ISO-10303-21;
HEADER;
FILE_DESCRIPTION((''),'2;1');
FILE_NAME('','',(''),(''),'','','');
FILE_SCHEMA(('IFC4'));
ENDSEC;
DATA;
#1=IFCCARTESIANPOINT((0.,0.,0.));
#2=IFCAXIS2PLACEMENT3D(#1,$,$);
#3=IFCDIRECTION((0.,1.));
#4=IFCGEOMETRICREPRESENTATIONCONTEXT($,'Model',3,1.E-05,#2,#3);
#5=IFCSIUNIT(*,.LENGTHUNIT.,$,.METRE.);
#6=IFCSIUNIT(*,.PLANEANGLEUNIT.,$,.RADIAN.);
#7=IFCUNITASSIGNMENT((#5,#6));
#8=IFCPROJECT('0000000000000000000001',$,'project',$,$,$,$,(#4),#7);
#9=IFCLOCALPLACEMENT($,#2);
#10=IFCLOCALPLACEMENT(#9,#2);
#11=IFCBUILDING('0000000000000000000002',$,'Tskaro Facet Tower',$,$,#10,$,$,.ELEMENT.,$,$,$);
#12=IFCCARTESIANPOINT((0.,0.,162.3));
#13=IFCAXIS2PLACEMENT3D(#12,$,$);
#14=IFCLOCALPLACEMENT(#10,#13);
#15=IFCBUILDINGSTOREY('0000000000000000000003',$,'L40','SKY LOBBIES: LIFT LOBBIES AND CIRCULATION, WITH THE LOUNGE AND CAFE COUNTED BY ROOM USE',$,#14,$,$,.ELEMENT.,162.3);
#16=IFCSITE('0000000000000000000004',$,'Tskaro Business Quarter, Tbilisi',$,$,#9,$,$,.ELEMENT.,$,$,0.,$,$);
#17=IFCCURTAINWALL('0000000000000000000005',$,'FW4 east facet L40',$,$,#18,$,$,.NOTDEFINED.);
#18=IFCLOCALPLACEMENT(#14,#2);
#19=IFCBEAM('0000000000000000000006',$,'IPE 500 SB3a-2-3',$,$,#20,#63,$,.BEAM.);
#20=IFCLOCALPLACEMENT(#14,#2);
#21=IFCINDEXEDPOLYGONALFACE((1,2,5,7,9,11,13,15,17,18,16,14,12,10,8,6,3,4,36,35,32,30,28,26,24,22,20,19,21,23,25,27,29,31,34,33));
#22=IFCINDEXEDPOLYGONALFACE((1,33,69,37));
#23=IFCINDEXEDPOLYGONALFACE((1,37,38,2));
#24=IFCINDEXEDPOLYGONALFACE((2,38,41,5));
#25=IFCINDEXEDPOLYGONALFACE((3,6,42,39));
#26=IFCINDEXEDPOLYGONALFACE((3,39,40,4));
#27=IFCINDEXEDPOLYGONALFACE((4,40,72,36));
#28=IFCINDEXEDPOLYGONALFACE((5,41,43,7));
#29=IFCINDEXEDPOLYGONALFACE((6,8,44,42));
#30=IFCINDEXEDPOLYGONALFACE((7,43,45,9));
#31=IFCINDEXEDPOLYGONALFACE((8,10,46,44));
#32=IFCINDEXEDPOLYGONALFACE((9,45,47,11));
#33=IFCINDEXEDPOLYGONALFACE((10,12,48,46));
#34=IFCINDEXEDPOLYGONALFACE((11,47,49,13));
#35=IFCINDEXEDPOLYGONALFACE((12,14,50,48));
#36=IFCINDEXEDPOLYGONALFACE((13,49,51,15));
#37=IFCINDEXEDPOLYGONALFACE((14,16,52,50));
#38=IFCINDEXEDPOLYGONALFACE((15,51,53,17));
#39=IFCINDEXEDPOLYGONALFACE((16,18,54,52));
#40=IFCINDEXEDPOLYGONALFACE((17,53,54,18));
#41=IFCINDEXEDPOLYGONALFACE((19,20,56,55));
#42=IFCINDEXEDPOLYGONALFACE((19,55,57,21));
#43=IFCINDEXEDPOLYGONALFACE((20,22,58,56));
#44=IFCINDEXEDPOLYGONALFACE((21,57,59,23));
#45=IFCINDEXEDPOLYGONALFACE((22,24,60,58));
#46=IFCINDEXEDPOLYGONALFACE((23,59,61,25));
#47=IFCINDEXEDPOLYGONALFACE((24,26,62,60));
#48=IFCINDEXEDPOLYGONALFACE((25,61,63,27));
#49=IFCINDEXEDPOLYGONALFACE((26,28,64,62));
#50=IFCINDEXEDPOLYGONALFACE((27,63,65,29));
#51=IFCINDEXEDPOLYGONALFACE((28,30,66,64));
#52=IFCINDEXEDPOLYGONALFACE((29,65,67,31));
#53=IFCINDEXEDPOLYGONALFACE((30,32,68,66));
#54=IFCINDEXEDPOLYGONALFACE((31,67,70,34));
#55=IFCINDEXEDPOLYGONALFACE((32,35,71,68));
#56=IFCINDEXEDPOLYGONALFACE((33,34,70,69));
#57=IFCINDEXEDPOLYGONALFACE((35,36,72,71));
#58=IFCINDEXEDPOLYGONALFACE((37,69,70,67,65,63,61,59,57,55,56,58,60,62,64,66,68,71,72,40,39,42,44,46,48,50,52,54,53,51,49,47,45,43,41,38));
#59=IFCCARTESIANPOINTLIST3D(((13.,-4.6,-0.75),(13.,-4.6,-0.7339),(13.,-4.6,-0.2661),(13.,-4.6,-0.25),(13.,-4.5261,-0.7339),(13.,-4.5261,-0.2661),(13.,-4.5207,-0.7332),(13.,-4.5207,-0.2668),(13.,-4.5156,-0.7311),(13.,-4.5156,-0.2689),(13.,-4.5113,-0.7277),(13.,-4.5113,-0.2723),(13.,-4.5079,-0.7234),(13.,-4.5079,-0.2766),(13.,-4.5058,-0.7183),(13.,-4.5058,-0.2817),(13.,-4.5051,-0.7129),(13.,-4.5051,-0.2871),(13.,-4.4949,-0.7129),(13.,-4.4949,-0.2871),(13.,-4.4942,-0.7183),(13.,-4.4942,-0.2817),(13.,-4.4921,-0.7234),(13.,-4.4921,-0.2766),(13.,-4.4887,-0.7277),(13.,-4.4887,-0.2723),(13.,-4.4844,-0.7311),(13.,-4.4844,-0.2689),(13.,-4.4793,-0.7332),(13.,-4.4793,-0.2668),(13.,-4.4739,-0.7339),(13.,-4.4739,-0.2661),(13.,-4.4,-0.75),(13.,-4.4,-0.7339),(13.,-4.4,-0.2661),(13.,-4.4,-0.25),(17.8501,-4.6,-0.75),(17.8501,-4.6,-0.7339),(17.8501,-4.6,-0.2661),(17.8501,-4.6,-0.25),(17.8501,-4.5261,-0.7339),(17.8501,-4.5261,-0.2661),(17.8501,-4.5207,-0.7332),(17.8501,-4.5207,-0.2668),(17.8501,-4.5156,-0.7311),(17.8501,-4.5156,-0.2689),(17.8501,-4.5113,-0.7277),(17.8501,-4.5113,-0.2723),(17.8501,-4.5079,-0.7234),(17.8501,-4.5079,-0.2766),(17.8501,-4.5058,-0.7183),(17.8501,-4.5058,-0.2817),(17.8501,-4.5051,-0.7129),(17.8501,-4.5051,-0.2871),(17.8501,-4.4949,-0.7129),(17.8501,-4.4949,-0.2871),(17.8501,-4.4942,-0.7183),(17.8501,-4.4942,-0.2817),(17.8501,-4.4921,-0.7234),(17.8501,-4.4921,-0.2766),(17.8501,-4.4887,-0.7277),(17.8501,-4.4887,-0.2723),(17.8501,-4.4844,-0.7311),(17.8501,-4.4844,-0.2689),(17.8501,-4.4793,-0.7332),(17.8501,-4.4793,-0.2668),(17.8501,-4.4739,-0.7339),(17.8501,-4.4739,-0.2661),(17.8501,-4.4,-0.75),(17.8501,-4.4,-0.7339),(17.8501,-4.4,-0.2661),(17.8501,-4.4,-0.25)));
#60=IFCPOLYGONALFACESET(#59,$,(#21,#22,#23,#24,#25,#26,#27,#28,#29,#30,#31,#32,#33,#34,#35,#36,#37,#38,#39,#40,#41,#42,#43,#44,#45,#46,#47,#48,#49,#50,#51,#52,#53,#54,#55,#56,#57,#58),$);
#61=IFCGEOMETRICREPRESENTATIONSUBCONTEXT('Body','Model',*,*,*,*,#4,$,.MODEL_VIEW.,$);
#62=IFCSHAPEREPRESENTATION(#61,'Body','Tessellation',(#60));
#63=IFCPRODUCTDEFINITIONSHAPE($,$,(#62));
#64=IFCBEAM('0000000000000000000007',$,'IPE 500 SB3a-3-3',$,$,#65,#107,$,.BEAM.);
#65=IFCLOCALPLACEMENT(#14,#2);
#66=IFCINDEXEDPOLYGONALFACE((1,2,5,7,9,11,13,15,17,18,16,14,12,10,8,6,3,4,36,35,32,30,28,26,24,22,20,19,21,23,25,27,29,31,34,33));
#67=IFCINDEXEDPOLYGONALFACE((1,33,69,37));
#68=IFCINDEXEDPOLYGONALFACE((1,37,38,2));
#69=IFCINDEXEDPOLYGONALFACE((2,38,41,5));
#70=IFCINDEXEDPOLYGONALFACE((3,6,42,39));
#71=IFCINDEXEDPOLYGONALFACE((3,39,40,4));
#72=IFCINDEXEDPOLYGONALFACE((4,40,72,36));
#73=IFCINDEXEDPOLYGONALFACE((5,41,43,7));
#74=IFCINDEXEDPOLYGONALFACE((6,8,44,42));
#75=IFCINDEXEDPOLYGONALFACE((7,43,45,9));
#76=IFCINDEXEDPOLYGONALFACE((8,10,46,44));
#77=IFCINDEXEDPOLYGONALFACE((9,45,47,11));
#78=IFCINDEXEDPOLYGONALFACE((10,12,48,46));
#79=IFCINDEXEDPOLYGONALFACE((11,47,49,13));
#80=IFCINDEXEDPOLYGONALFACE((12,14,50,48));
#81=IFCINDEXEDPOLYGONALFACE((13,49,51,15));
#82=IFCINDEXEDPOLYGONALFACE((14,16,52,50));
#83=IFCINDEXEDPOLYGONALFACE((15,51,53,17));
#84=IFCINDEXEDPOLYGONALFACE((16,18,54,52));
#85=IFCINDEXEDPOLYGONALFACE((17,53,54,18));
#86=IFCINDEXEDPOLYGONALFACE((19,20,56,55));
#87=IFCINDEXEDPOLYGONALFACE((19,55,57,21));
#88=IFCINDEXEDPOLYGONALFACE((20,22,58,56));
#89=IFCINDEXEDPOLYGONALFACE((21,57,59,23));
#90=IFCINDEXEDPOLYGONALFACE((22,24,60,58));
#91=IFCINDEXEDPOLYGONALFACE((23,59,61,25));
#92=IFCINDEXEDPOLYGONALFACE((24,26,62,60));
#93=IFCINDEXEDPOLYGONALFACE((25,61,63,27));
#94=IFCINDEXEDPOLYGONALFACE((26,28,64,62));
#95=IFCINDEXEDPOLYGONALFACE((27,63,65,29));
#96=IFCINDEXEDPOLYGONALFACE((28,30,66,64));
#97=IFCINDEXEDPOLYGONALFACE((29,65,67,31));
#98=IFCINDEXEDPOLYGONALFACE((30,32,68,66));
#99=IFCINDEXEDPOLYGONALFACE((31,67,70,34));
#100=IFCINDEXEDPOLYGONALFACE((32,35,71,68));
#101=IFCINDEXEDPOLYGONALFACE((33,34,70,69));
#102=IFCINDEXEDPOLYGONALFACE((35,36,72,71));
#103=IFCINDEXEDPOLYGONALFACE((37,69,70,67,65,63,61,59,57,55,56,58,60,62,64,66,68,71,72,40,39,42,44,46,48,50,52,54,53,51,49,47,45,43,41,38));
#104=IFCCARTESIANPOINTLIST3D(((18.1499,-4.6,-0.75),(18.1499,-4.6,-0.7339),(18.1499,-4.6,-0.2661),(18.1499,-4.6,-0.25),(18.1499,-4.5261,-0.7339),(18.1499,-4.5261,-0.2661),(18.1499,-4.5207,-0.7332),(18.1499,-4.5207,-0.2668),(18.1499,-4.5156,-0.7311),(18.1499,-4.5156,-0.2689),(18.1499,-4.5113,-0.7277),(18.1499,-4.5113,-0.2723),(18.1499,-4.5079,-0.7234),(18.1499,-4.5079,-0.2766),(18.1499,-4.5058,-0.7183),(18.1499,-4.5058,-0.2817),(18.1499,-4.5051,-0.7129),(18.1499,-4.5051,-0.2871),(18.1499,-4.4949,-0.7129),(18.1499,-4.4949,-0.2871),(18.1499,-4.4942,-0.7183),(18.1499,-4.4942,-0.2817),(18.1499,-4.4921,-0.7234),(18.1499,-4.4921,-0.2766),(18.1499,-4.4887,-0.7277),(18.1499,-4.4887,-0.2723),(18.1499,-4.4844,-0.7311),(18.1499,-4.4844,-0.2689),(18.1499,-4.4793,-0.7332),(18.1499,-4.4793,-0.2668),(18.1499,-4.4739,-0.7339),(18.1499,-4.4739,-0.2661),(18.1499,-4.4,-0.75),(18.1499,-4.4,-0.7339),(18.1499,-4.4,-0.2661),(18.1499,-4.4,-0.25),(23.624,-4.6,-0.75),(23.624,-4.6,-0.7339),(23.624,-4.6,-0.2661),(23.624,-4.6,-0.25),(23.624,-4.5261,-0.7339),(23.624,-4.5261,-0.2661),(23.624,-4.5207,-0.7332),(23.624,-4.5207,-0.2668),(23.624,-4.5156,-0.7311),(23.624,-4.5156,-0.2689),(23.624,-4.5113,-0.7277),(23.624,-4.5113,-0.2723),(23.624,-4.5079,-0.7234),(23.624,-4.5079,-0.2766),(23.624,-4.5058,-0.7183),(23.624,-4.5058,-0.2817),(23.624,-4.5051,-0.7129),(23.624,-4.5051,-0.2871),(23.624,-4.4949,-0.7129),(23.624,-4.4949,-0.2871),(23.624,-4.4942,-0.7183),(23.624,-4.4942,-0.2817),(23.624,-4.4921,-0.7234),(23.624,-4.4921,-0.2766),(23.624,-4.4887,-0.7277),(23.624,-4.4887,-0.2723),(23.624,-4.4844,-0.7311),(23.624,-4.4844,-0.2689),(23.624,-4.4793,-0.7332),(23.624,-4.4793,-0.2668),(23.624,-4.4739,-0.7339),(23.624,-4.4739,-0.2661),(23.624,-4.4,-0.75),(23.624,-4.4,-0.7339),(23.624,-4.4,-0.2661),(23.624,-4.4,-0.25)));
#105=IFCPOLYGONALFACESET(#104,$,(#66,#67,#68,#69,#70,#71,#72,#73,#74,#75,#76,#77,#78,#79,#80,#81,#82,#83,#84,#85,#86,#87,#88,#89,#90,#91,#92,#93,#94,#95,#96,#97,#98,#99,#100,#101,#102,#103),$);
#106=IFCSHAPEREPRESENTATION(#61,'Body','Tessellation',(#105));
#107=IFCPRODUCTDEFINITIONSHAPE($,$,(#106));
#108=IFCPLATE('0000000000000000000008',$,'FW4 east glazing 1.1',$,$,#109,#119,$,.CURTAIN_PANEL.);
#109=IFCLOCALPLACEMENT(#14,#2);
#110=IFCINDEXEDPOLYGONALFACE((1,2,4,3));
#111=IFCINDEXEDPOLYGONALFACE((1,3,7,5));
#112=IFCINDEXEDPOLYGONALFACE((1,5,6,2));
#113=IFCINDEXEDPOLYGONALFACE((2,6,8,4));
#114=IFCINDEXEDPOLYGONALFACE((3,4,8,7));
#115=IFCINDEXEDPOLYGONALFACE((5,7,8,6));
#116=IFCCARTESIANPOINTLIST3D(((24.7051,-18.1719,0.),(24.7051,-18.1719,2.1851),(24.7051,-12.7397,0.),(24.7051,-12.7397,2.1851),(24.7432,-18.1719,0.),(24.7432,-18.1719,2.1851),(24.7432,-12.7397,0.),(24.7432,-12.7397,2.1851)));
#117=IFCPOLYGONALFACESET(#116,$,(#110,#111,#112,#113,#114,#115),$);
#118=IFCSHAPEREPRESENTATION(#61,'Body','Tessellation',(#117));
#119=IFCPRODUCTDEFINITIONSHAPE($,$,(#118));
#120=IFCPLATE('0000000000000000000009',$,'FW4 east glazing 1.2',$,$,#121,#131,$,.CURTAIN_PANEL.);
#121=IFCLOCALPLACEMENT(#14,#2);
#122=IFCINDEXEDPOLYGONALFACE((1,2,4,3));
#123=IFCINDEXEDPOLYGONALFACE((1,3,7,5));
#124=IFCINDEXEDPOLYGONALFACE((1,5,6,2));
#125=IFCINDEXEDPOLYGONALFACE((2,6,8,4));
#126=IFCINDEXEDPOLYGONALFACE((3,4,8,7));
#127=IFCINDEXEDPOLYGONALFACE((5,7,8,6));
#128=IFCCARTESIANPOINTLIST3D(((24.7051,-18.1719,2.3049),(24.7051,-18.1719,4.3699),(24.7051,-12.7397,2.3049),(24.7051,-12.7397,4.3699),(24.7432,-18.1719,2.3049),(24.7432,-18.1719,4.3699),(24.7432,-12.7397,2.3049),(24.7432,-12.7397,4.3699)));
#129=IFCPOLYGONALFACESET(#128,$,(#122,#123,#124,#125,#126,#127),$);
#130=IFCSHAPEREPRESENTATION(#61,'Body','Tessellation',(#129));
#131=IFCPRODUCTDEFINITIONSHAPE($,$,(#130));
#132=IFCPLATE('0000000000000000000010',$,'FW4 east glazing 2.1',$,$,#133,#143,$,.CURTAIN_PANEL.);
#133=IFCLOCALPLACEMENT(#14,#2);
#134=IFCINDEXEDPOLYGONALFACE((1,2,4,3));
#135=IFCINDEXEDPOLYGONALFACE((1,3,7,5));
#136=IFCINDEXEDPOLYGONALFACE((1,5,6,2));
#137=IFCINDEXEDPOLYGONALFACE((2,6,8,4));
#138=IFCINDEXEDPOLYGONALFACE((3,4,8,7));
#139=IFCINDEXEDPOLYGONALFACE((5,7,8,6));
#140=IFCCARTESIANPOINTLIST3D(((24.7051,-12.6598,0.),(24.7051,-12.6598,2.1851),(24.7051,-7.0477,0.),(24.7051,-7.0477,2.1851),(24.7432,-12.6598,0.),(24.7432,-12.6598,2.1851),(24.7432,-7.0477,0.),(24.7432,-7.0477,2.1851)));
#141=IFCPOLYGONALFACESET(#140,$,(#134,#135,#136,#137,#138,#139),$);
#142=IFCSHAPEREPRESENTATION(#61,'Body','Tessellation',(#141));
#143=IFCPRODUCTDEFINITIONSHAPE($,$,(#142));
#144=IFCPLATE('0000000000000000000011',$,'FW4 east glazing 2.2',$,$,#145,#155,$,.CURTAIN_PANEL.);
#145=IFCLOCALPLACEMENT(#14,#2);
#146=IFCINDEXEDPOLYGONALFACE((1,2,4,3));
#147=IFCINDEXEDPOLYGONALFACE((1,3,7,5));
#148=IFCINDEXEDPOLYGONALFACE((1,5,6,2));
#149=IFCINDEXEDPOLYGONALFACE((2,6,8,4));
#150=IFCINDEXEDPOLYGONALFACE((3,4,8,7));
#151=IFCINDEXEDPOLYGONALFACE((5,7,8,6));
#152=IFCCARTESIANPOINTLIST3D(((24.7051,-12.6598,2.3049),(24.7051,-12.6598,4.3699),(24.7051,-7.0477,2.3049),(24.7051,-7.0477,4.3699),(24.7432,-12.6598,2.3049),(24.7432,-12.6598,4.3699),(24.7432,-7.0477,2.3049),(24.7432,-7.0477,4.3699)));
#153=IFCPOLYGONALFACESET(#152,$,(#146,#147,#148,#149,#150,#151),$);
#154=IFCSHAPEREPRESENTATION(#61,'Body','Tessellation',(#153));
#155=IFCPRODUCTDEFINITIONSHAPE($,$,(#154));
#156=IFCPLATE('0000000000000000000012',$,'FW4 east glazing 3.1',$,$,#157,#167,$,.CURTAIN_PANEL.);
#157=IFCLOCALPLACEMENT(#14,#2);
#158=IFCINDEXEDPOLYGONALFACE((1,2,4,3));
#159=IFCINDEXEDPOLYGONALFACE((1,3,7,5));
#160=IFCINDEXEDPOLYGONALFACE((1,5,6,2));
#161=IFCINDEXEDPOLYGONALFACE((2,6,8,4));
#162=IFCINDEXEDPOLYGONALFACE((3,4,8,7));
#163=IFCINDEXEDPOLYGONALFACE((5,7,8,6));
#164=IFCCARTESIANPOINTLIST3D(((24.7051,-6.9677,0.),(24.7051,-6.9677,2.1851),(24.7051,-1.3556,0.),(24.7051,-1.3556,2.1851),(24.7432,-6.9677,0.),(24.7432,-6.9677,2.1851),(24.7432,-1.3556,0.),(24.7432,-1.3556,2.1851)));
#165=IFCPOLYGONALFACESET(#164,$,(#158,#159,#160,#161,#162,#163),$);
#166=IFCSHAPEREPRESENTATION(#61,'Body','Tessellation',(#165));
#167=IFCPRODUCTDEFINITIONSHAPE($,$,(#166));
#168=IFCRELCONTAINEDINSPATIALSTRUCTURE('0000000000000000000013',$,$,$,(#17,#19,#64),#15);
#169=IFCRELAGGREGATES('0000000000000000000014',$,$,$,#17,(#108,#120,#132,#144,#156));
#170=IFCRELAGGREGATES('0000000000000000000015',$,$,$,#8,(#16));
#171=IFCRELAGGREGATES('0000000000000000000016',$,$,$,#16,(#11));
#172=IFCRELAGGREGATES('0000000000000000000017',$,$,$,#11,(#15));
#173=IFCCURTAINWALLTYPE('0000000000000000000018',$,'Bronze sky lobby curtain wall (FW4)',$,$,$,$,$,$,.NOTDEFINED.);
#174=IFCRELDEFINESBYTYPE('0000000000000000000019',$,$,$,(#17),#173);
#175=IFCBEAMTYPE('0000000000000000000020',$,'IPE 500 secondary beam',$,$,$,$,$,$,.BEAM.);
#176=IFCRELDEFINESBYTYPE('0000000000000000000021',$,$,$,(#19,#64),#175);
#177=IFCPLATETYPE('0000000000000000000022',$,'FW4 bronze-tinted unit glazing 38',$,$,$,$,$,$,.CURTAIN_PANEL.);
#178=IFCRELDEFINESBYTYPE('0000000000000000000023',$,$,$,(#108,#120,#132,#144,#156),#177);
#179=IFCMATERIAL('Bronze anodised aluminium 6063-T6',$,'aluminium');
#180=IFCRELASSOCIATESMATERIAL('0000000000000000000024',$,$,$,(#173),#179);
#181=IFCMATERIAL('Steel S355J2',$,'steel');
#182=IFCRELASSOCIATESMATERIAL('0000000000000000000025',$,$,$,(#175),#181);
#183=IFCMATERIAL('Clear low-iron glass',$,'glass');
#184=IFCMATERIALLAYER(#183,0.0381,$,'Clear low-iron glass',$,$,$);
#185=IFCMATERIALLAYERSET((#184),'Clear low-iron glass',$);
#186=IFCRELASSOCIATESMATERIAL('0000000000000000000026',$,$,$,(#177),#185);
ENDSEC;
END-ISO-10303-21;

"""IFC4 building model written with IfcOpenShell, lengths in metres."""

from ifc_helpers import new_model, si_unit, direction, frame, origin, origin_2d, place, context, subcontext, project, spatial, rectangle, i_section, extrude, material, layer, layer_set, material_profile, profile_set, type_object, element, aggregate, save


model = new_model("IFC4")

# Units and contexts
model_context = context("Model", 3, precision=1e-05, world=origin(), true_north=direction((0.0, 1.0)))
body_context = subcontext(model_context, "Body", "Model", "MODEL_VIEW")
ifc_project = project(units=[si_unit("LENGTHUNIT", "METRE"), si_unit("PLANEANGLEUNIT", "RADIAN")], contexts=[model_context])

# Site, building, storey
site_placement = place(None, origin())
site = spatial("IfcSite", under=ifc_project, at=site_placement, Name="Tskaro Business Quarter, Tbilisi", CompositionType="ELEMENT", RefElevation=0.0)
building_placement = place(site_placement, origin())
building = spatial("IfcBuilding", under=site, at=building_placement, Name="Tskaro Facet Tower", CompositionType="ELEMENT")
storey_placement = place(building_placement, frame((0.0, 0.0, 162.3)))
storey = spatial("IfcBuildingStorey", under=building, at=storey_placement, Name="L40", Description="SKY LOBBIES: LIFT LOBBIES AND CIRCULATION, WITH THE LOUNGE AND CAFE COUNTED BY ROOM USE", CompositionType="ELEMENT", Elevation=162.3)

# Curtain wall
ifc_material_1 = material(Name="Bronze anodised aluminium 6063-T6", Category="aluminium")
curtain_wall_type = type_object("IfcCurtainWallType", Name="Bronze sky lobby curtain wall (FW4)", PredefinedType="NOTDEFINED", material=ifc_material_1)
curtain_wall_placement = place(storey_placement, origin())
curtain_wall = element("IfcCurtainWall", 1, at=curtain_wall_placement, inside=storey, type_object=curtain_wall_type, Name="FW4 east facet L40", PredefinedType="NOTDEFINED")

# Beams
ifc_material_2 = material(Name="Steel S355J2", Category="steel")
ifc_material_profile_1 = material_profile(ifc_material_2, i_section(OverallWidth=0.2, OverallDepth=0.5, WebThickness=0.0103, FlangeThickness=0.0161, FilletRadius=0.021, at=origin_2d()), Name="IPE 500")
ifc_profile_set_1 = profile_set([ifc_material_profile_1], Name="Steel S355J2")
beam_type_1 = type_object("IfcBeamType", Name="IPE 500 secondary beam", PredefinedType="BEAM", material=ifc_profile_set_1)
beam_1_placement = place(storey_placement, frame((13.0, -4.5, -0.5), z_axis=(1.0, 0.0, 0.0), x_axis=(0.0, 1.0, 0.0)))
element("IfcBeam", 2, at=beam_1_placement, inside=storey, type_object=beam_type_1, Name="IPE 500 SB3a-2-3", PredefinedType="BEAM", context=body_context, shape_type="SweptSolid", body=[
    extrude(i_section(OverallWidth=0.2, OverallDepth=0.5, WebThickness=0.0103, FlangeThickness=0.0161, FilletRadius=0.021, at=origin_2d()), origin(), (0.0, 0.0, 1.0), 4.8501),
])
beam_2_placement = place(storey_placement, frame((18.1499, -4.5, -0.5), z_axis=(1.0, 0.0, 0.0), x_axis=(0.0, 1.0, 0.0)))
element("IfcBeam", 3, at=beam_2_placement, inside=storey, type_object=beam_type_1, Name="IPE 500 SB3a-3-3", PredefinedType="BEAM", context=body_context, shape_type="SweptSolid", body=[
    extrude(i_section(OverallWidth=0.2, OverallDepth=0.5, WebThickness=0.0103, FlangeThickness=0.0161, FilletRadius=0.021, at=origin_2d()), origin(), (0.0, 0.0, 1.0), 5.4741),
])

# Plates
ifc_material_3 = material(Name="Clear low-iron glass", Category="glass")
ifc_layer_1 = layer(ifc_material_3, 0.0381, Name="Clear low-iron glass")
ifc_layer_set_1 = layer_set([ifc_layer_1], Name="Clear low-iron glass")
plate_type = type_object("IfcPlateType", Name="FW4 bronze-tinted unit glazing 38", PredefinedType="CURTAIN_PANEL", material=ifc_layer_set_1)
plate_1_placement = place(storey_placement, frame((24.7241, -15.4558, 0.0), z_axis=(0.0, 0.0, 1.0), x_axis=(0.0, 1.0, 0.0)))
plate_1 = element("IfcPlate", 4, at=plate_1_placement, type_object=plate_type, Name="FW4 east glazing 1.1", PredefinedType="CURTAIN_PANEL", context=body_context, shape_type="SweptSolid", body=[
    extrude(rectangle(XDim=5.4321, YDim=0.0381, at=origin_2d()), origin(), (0.0, 0.0, 1.0), 2.1851),
])
plate_2_placement = place(storey_placement, frame((24.7241, -15.4558, 2.3049), z_axis=(0.0, 0.0, 1.0), x_axis=(0.0, 1.0, 0.0)))
plate_2 = element("IfcPlate", 5, at=plate_2_placement, type_object=plate_type, Name="FW4 east glazing 1.2", PredefinedType="CURTAIN_PANEL", context=body_context, shape_type="SweptSolid", body=[
    extrude(rectangle(XDim=5.4321, YDim=0.0381, at=origin_2d()), origin(), (0.0, 0.0, 1.0), 2.0649),
])
plate_3_placement = place(storey_placement, frame((24.7241, -9.8538, 0.0), z_axis=(0.0, 0.0, 1.0), x_axis=(0.0, 1.0, 0.0)))
plate_3 = element("IfcPlate", 6, at=plate_3_placement, type_object=plate_type, Name="FW4 east glazing 2.1", PredefinedType="CURTAIN_PANEL", context=body_context, shape_type="SweptSolid", body=[
    extrude(rectangle(XDim=5.6121, YDim=0.0381, at=origin_2d()), origin(), (0.0, 0.0, 1.0), 2.1851),
])
plate_4_placement = place(storey_placement, frame((24.7241, -9.8538, 2.3049), z_axis=(0.0, 0.0, 1.0), x_axis=(0.0, 1.0, 0.0)))
plate_4 = element("IfcPlate", 7, at=plate_4_placement, type_object=plate_type, Name="FW4 east glazing 2.2", PredefinedType="CURTAIN_PANEL", context=body_context, shape_type="SweptSolid", body=[
    extrude(rectangle(XDim=5.6121, YDim=0.0381, at=origin_2d()), origin(), (0.0, 0.0, 1.0), 2.0649),
])
plate_5_placement = place(storey_placement, frame((24.7241, -4.1616, 0.0), z_axis=(0.0, 0.0, 1.0), x_axis=(0.0, 1.0, 0.0)))
plate_5 = element("IfcPlate", 8, at=plate_5_placement, type_object=plate_type, Name="FW4 east glazing 3.1", PredefinedType="CURTAIN_PANEL", context=body_context, shape_type="SweptSolid", body=[
    extrude(rectangle(XDim=5.6121, YDim=0.0381, at=origin_2d()), origin(), (0.0, 0.0, 1.0), 2.1851),
])
aggregate(curtain_wall, [plate_1, plate_2, plate_3, plate_4, plate_5])

save(model, "model.ifc")
